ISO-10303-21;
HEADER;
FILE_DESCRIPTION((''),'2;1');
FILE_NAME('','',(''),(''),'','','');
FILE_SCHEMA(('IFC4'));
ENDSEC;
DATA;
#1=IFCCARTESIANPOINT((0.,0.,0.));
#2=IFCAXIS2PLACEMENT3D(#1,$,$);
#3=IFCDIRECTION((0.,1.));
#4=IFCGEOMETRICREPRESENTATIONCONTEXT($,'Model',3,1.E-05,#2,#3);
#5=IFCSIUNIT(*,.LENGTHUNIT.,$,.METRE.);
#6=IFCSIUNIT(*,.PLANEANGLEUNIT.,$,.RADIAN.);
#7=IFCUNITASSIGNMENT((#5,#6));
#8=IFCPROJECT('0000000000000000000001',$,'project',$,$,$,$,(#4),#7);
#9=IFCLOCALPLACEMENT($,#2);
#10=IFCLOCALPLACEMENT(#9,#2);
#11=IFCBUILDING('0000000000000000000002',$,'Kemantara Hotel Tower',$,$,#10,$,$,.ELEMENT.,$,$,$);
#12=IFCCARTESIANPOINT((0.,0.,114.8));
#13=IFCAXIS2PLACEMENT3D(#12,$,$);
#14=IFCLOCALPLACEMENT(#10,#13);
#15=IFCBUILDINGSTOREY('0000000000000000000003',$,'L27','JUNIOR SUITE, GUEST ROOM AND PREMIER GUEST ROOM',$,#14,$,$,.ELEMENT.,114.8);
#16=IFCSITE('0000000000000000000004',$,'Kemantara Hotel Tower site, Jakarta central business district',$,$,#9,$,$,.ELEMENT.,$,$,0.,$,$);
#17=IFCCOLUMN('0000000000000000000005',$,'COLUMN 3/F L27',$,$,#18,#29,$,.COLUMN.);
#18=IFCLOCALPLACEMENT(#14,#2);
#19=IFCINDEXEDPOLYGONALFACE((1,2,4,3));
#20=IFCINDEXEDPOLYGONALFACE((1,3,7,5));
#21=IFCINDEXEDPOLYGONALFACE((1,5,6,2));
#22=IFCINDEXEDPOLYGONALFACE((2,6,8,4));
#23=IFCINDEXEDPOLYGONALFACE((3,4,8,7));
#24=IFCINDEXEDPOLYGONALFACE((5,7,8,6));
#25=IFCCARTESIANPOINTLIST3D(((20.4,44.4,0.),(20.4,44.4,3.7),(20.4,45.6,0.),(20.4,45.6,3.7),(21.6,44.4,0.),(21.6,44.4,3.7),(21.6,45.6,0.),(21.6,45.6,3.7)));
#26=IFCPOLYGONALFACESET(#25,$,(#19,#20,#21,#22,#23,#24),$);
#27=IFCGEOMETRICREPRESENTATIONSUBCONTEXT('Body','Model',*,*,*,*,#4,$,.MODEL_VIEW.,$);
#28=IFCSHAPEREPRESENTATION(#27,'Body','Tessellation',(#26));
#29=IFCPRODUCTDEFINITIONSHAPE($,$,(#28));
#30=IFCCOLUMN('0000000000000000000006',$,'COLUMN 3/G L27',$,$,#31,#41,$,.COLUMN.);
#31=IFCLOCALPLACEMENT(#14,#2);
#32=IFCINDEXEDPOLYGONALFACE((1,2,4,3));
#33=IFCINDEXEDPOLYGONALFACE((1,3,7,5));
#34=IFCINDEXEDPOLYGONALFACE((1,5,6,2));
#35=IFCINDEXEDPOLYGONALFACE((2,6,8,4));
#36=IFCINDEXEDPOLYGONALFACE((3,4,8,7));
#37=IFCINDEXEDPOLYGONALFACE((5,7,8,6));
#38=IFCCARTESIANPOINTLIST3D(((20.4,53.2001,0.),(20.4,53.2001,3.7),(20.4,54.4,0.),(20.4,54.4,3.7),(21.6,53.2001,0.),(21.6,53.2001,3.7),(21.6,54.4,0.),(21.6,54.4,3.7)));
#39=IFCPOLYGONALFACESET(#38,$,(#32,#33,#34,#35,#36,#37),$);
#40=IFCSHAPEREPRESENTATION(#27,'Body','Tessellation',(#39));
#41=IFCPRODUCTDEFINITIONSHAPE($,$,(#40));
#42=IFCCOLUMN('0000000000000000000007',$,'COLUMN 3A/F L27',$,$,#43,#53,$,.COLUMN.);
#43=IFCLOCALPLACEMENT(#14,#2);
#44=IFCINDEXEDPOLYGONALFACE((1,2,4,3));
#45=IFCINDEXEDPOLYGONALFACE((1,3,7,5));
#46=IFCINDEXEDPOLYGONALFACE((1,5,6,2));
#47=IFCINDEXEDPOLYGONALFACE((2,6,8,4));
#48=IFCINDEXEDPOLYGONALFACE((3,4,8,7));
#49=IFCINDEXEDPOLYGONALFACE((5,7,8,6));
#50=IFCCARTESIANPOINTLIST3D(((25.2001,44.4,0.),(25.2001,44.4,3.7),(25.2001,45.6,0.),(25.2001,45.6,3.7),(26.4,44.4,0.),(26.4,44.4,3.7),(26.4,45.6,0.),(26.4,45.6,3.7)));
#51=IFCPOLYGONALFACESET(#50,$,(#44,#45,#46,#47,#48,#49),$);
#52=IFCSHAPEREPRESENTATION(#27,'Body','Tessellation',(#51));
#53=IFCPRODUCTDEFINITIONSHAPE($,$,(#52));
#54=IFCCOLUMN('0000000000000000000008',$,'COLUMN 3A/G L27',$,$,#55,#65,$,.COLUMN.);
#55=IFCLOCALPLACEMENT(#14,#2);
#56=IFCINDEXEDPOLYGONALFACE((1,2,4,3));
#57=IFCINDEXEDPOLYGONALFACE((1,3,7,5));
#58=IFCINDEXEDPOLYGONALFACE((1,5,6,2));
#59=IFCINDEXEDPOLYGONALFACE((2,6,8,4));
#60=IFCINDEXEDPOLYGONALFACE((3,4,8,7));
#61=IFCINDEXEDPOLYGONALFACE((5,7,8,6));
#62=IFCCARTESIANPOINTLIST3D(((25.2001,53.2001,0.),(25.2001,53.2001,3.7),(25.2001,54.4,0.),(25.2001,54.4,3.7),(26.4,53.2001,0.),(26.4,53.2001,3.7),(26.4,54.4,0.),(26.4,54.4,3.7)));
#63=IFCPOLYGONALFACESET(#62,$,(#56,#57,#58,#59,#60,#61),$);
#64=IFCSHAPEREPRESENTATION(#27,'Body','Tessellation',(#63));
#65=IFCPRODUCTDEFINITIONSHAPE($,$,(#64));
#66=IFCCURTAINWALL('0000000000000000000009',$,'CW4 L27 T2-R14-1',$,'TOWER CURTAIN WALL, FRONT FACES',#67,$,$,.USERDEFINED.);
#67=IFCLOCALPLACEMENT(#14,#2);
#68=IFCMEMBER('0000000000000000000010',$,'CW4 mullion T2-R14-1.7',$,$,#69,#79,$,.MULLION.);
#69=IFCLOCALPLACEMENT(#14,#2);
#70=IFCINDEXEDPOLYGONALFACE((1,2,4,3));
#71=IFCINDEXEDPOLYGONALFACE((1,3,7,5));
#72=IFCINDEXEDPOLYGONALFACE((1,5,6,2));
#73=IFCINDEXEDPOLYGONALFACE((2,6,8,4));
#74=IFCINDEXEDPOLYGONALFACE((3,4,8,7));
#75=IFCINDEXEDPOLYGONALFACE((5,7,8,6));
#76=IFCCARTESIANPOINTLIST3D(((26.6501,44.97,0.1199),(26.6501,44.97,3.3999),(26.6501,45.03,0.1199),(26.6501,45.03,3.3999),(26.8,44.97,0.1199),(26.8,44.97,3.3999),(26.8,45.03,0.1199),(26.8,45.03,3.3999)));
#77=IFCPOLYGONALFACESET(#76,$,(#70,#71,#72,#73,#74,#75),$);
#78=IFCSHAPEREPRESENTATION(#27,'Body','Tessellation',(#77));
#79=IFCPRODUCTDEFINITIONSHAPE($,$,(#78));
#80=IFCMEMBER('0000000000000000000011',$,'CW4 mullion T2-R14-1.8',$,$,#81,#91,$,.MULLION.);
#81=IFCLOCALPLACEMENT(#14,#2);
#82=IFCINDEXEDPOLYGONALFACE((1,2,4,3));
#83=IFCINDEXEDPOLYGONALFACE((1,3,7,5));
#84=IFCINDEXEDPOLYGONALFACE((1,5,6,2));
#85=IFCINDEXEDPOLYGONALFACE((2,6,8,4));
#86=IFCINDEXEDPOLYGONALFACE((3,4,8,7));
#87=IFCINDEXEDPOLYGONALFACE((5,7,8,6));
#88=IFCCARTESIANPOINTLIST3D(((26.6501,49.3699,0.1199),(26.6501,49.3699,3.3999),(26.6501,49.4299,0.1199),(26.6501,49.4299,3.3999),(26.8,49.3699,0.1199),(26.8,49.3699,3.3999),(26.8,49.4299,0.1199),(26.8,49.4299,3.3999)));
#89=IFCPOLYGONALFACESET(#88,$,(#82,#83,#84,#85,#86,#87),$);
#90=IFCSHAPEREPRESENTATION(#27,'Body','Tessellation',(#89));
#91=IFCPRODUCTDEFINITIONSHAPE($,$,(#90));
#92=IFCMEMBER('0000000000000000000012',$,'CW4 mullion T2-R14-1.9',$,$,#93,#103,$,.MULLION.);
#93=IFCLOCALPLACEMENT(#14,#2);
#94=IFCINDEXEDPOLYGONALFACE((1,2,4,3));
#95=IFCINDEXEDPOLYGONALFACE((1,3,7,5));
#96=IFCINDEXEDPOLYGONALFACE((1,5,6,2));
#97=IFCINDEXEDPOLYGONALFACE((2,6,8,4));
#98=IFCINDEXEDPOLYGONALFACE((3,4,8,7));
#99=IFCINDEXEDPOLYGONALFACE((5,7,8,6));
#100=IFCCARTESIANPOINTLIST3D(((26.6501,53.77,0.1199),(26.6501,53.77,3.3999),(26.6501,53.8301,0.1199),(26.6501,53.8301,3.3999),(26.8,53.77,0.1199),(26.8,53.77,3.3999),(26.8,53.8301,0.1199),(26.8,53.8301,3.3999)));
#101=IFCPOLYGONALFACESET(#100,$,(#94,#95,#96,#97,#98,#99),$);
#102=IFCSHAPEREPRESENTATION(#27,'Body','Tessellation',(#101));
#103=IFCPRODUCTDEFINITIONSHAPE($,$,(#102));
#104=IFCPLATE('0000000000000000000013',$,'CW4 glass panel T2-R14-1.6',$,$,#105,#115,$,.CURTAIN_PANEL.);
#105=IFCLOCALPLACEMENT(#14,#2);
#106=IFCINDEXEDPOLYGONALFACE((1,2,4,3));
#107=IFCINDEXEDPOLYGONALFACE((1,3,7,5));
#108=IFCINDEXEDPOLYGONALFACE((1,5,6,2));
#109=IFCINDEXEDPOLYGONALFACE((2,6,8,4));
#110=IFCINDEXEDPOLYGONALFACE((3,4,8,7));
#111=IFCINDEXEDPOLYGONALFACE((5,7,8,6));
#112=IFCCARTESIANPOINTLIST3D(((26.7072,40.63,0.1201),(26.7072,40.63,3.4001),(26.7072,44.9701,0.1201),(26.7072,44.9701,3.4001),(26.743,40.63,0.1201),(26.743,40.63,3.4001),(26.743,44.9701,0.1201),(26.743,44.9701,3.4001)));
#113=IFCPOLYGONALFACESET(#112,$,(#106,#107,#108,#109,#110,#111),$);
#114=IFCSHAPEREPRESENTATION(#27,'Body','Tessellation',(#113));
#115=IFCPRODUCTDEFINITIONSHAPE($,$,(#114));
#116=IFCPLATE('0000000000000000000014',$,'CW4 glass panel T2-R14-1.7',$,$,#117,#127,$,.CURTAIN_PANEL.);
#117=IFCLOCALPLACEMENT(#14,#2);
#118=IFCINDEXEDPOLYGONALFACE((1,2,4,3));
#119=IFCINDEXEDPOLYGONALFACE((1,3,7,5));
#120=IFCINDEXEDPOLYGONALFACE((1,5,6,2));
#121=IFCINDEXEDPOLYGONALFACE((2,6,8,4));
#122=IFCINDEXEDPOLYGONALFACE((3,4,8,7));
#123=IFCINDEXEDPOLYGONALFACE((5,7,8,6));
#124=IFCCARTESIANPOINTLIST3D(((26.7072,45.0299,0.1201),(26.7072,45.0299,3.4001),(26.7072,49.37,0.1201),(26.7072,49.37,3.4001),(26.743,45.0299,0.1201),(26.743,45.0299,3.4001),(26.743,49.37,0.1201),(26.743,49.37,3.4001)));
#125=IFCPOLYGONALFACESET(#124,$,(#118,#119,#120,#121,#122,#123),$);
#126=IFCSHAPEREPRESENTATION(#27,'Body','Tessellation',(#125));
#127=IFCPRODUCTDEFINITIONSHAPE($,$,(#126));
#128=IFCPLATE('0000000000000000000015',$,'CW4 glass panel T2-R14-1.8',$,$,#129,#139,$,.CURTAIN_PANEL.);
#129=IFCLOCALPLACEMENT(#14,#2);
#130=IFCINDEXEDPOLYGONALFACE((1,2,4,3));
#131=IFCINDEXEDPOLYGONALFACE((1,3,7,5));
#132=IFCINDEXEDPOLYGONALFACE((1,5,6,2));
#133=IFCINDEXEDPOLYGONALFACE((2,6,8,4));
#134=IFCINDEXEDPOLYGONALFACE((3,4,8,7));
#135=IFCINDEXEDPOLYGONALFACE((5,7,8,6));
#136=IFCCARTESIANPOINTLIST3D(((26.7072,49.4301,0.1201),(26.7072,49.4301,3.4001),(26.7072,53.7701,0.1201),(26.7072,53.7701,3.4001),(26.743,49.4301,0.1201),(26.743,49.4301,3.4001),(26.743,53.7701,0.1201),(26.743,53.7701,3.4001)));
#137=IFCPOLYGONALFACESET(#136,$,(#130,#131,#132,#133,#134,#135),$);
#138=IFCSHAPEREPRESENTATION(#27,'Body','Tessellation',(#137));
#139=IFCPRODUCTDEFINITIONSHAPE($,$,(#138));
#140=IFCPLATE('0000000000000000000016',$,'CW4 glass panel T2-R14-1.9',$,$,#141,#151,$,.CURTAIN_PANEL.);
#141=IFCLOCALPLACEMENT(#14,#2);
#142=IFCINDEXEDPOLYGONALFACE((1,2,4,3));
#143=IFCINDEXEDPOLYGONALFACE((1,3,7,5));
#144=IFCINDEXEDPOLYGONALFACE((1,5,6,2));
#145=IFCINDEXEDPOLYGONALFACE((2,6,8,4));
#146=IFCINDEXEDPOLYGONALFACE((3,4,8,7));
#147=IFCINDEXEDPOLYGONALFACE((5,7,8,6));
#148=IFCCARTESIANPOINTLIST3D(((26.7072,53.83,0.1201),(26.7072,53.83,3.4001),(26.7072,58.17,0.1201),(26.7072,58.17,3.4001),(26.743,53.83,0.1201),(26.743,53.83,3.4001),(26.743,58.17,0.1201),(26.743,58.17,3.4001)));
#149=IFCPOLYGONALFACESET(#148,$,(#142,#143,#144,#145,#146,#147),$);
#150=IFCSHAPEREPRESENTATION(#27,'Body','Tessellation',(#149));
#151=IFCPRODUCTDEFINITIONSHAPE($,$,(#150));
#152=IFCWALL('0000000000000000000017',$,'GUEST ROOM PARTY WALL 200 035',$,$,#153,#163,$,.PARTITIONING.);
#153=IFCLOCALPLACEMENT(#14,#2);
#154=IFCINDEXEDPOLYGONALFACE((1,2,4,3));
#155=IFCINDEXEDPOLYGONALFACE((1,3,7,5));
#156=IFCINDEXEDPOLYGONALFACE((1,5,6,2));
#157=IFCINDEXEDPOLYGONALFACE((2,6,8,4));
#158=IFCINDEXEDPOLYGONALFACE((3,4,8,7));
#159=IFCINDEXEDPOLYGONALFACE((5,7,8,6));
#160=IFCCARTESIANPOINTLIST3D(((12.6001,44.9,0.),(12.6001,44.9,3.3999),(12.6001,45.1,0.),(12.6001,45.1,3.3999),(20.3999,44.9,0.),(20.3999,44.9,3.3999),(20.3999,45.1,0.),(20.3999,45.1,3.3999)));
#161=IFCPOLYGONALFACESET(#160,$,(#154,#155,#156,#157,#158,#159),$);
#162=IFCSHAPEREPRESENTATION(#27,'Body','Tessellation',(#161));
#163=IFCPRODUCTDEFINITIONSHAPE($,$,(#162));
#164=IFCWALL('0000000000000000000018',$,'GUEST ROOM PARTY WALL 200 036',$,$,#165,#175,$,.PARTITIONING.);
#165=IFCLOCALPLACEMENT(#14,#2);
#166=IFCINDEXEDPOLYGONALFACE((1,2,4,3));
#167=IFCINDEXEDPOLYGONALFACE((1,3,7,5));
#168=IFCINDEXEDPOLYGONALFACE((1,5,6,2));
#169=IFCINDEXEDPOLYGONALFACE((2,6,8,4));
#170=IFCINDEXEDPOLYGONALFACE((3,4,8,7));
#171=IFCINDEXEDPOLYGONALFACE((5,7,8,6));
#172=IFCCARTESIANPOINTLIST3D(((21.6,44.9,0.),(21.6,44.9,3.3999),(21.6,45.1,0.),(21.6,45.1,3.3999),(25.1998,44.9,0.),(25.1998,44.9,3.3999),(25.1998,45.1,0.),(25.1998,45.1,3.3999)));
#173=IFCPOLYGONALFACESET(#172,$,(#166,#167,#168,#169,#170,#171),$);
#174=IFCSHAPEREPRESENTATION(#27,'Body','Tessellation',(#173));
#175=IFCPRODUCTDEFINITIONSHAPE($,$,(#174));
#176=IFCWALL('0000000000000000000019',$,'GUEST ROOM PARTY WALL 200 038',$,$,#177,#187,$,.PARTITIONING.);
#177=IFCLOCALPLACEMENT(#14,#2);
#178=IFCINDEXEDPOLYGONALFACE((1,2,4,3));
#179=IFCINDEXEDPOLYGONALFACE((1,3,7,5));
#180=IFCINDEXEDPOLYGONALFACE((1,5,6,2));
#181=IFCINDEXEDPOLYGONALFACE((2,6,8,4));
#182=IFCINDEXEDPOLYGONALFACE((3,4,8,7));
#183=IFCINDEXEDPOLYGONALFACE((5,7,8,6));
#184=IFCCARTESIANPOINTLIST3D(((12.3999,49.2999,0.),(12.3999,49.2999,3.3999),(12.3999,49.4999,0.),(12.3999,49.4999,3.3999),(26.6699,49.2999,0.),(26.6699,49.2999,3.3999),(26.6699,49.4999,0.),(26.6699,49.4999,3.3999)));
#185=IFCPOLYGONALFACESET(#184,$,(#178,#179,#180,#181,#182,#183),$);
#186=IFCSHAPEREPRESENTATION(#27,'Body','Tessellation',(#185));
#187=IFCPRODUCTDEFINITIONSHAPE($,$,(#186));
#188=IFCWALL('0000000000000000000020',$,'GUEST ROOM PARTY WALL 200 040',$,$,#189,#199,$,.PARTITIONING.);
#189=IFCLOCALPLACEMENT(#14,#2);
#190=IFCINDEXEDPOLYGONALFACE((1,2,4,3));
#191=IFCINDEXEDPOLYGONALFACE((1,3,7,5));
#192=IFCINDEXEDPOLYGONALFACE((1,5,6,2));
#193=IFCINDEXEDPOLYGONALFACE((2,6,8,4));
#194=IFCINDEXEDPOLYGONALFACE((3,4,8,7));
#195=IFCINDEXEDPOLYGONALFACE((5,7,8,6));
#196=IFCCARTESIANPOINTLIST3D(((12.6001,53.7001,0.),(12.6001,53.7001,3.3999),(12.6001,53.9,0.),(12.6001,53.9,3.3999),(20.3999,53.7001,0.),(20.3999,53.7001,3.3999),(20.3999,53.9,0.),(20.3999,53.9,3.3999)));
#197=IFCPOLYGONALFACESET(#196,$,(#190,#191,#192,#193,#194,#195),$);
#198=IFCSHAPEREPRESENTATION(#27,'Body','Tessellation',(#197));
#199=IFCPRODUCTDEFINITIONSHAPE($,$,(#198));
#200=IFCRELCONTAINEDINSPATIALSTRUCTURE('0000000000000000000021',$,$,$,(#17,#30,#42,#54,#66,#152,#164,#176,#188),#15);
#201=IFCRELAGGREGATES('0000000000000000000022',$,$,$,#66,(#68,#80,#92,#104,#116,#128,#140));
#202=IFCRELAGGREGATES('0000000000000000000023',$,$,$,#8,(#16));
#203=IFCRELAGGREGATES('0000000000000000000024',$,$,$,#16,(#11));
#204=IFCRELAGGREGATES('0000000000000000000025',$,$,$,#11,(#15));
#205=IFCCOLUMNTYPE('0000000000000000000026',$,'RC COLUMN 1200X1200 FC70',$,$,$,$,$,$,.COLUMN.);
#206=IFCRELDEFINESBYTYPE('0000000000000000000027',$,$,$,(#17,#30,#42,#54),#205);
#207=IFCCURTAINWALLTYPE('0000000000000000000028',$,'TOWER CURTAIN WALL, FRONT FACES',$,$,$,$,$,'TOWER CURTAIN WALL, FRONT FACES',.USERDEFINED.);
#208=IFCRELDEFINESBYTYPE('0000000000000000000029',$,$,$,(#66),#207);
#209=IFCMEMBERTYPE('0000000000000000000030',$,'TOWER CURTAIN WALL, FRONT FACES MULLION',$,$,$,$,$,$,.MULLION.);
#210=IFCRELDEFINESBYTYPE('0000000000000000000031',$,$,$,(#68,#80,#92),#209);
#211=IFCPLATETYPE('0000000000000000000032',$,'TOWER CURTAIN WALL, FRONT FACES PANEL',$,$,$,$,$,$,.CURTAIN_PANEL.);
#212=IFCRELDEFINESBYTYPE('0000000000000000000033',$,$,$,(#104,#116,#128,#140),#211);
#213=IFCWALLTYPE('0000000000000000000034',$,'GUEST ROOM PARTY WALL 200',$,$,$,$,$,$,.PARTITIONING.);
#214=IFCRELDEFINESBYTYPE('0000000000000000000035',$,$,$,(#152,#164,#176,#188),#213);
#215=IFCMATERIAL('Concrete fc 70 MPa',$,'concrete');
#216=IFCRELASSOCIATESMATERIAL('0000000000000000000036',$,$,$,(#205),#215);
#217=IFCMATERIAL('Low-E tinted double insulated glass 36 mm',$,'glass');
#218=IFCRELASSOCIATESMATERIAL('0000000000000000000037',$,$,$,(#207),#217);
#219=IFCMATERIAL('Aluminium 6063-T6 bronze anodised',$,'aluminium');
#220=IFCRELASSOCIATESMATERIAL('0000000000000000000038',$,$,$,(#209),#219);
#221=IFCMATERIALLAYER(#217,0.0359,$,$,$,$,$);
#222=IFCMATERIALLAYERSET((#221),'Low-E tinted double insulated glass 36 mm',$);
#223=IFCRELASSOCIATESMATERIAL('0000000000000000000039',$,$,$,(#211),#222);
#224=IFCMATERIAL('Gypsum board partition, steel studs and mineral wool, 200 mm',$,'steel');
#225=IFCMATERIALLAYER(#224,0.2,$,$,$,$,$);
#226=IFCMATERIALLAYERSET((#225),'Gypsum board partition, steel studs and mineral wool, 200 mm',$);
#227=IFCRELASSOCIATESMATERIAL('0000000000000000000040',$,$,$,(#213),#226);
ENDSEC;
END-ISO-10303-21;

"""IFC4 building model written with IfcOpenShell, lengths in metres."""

from ifc_helpers import new_model, si_unit, direction, frame, frame_2d, origin, origin_2d, place, context, subcontext, project, spatial, rectangle, extrude, source, transform, mapped, material, layer, layer_set, material_profile, profile_set, type_object, element, aggregate, save


model = new_model("IFC4")

# Units and contexts
model_context = context("Model", 3, precision=1e-05, world=origin(), true_north=direction((0.0, 1.0)))
body_context = subcontext(model_context, "Body", "Model", "MODEL_VIEW")
ifc_project = project(units=[si_unit("LENGTHUNIT", "METRE"), si_unit("PLANEANGLEUNIT", "RADIAN")], contexts=[model_context])

# Site, building, storey
site_placement = place(None, origin())
site = spatial("IfcSite", under=ifc_project, at=site_placement, Name="Kemantara Hotel Tower site, Jakarta central business district", CompositionType="ELEMENT", RefElevation=0.0)
building_placement = place(site_placement, origin())
building = spatial("IfcBuilding", under=site, at=building_placement, Name="Kemantara Hotel Tower", CompositionType="ELEMENT")
storey_placement = place(building_placement, frame((0.0, 0.0, 114.8)))
storey = spatial("IfcBuildingStorey", under=building, at=storey_placement, Name="L27", Description="JUNIOR SUITE, GUEST ROOM AND PREMIER GUEST ROOM", CompositionType="ELEMENT", Elevation=114.8)

# Columns
ifc_material_1 = material(Name="Concrete fc 70 MPa", Category="concrete")
ifc_material_profile_1 = material_profile(ifc_material_1, rectangle(XDim=1.2, YDim=1.2, at=origin_2d()), Name="RC 1200X1200")
ifc_profile_set_1 = profile_set([ifc_material_profile_1], Name="Concrete fc 70 MPa")
column_type = type_object("IfcColumnType", Name="RC COLUMN 1200X1200 FC70", PredefinedType="COLUMN", material=ifc_profile_set_1)
for number, where, z_axis, x_axis, name in (
    (1, (21.0, 45.0, 0.0), (0.0, 0.0, 1.0), (1.0, 0.0, 0.0), "COLUMN 3/F L27"),
    (2, (21.0, 53.8, 0.0), (0.0, 0.0, 1.0), (1.0, 0.0, 0.0), "COLUMN 3/G L27"),
    (3, (25.8, 45.0, 0.0), (0.0, 0.0, 1.0), (1.0, 0.0, 0.0), "COLUMN 3A/F L27"),
    (4, (25.8, 53.8, 0.0), (0.0, 0.0, 1.0), (1.0, 0.0, 0.0), "COLUMN 3A/G L27"),
):
    element("IfcColumn", number, at=place(storey_placement, frame(where, z_axis=z_axis, x_axis=x_axis)), inside=storey, type_object=column_type, Name=name, PredefinedType="COLUMN", context=body_context, shape_type="SweptSolid", body=[
        extrude(rectangle(XDim=1.2, YDim=1.2, at=origin_2d()), origin(), (0.0, 0.0, 1.0), 3.7),
    ])

# Curtain wall, members, plates
ifc_material_2 = material(Name="Low-E tinted double insulated glass 36 mm", Category="glass")
curtain_wall_type = type_object("IfcCurtainWallType", Name="TOWER CURTAIN WALL, FRONT FACES", ElementType="TOWER CURTAIN WALL, FRONT FACES", PredefinedType="USERDEFINED", material=ifc_material_2)
curtain_wall_placement = place(storey_placement, origin())
curtain_wall = element("IfcCurtainWall", 5, at=curtain_wall_placement, inside=storey, type_object=curtain_wall_type, Name="CW4 L27 T2-R14-1", ObjectType="TOWER CURTAIN WALL, FRONT FACES", PredefinedType="USERDEFINED")
ifc_material_3 = material(Name="Aluminium 6063-T6 bronze anodised", Category="aluminium")
ifc_material_profile_2 = material_profile(ifc_material_3, rectangle(XDim=0.1499, YDim=0.0601, at=origin_2d()), Name="TOWER CURTAIN WALL, FRONT FACES MULLION")
ifc_profile_set_2 = profile_set([ifc_material_profile_2], Name="Aluminium 6063-T6 bronze anodised")
member_type = type_object("IfcMemberType", Name="TOWER CURTAIN WALL, FRONT FACES MULLION", PredefinedType="MULLION", material=ifc_profile_set_2)
shared_shape_1 = source(origin(), body_context, "Body", "SweptSolid", [
    extrude(rectangle(XDim=0.1499, YDim=0.0601, at=origin_2d()), origin(), (0.0, 0.0, 1.0), 3.28),
])
member_1_placement = place(storey_placement, frame((26.7251, 45.0, 0.1199), z_axis=(0.0, 0.0, 1.0), x_axis=(-1.0, 0.0, 0.0)))
member_1 = element("IfcMember", 6, at=member_1_placement, type_object=member_type, Name="CW4 mullion T2-R14-1.7", PredefinedType="MULLION", context=body_context, shape_type="MappedRepresentation", body=[
    mapped(shared_shape_1, transform((0.0, 0.0, 0.0))),
])
member_2_placement = place(storey_placement, frame((26.7251, 49.3999, 0.1199), z_axis=(0.0, 0.0, 1.0), x_axis=(-1.0, 0.0, 0.0)))
member_2 = element("IfcMember", 7, at=member_2_placement, type_object=member_type, Name="CW4 mullion T2-R14-1.8", PredefinedType="MULLION", context=body_context, shape_type="MappedRepresentation", body=[
    mapped(shared_shape_1, transform((0.0, 0.0, 0.0))),
])
member_3_placement = place(storey_placement, frame((26.7251, 53.8, 0.1199), z_axis=(0.0, 0.0, 1.0), x_axis=(-1.0, 0.0, 0.0)))
member_3 = element("IfcMember", 8, at=member_3_placement, type_object=member_type, Name="CW4 mullion T2-R14-1.9", PredefinedType="MULLION", context=body_context, shape_type="MappedRepresentation", body=[
    mapped(shared_shape_1, transform((0.0, 0.0, 0.0))),
])
ifc_layer_1 = layer(ifc_material_2, 0.0359)
ifc_layer_set_1 = layer_set([ifc_layer_1], Name="Low-E tinted double insulated glass 36 mm")
plate_type = type_object("IfcPlateType", Name="TOWER CURTAIN WALL, FRONT FACES PANEL", PredefinedType="CURTAIN_PANEL", material=ifc_layer_set_1)
shared_shape_2 = source(origin(), body_context, "Body", "SweptSolid", [
    extrude(rectangle(XDim=4.3401, YDim=0.0359, at=origin_2d()), origin(), (0.0, 0.0, 1.0), 3.28),
])
plate_1_placement = place(storey_placement, frame((26.7251, 42.8, 0.1201), z_axis=(0.0, 0.0, 1.0), x_axis=(0.0, 1.0, 0.0)))
plate_1 = element("IfcPlate", 9, at=plate_1_placement, type_object=plate_type, Name="CW4 glass panel T2-R14-1.6", PredefinedType="CURTAIN_PANEL", context=body_context, shape_type="MappedRepresentation", body=[
    mapped(shared_shape_2, transform((0.0, 0.0, 0.0))),
])
plate_2_placement = place(storey_placement, frame((26.7251, 47.2, 0.1201), z_axis=(0.0, 0.0, 1.0), x_axis=(0.0, 1.0, 0.0)))
plate_2 = element("IfcPlate", 10, at=plate_2_placement, type_object=plate_type, Name="CW4 glass panel T2-R14-1.7", PredefinedType="CURTAIN_PANEL", context=body_context, shape_type="MappedRepresentation", body=[
    mapped(shared_shape_2, transform((0.0, 0.0, 0.0))),
])
plate_3_placement = place(storey_placement, frame((26.7251, 51.6001, 0.1201), z_axis=(0.0, 0.0, 1.0), x_axis=(0.0, 1.0, 0.0)))
plate_3 = element("IfcPlate", 11, at=plate_3_placement, type_object=plate_type, Name="CW4 glass panel T2-R14-1.8", PredefinedType="CURTAIN_PANEL", context=body_context, shape_type="MappedRepresentation", body=[
    mapped(shared_shape_2, transform((0.0, 0.0, 0.0))),
])
plate_4_placement = place(storey_placement, frame((26.7251, 56.0, 0.1201), z_axis=(0.0, 0.0, 1.0), x_axis=(0.0, 1.0, 0.0)))
plate_4 = element("IfcPlate", 12, at=plate_4_placement, type_object=plate_type, Name="CW4 glass panel T2-R14-1.9", PredefinedType="CURTAIN_PANEL", context=body_context, shape_type="MappedRepresentation", body=[
    mapped(shared_shape_2, transform((0.0, 0.0, 0.0))),
])
aggregate(curtain_wall, [member_1, member_2, member_3, plate_1, plate_2, plate_3, plate_4])

# Walls
ifc_material_4 = material(Name="Gypsum board partition, steel studs and mineral wool, 200 mm", Category="steel")
ifc_layer_2 = layer(ifc_material_4, 0.2)
ifc_layer_set_2 = layer_set([ifc_layer_2], Name="Gypsum board partition, steel studs and mineral wool, 200 mm")
wall_type_1 = type_object("IfcWallType", Name="GUEST ROOM PARTY WALL 200", PredefinedType="PARTITIONING", material=ifc_layer_set_2)
wall_1_placement = place(storey_placement, frame((12.6001, 45.0, 0.0), z_axis=(0.0, 0.0, 1.0), x_axis=(1.0, 0.0, 0.0)))
element("IfcWall", 13, at=wall_1_placement, inside=storey, type_object=wall_type_1, Name="GUEST ROOM PARTY WALL 200 035", PredefinedType="PARTITIONING", context=body_context, shape_type="SweptSolid", body=[
    extrude(rectangle(XDim=7.7998, YDim=0.2, at=frame_2d((3.8999, 0.0))), origin(), (0.0, 0.0, 1.0), 3.3999),
])
wall_2_placement = place(storey_placement, frame((21.6001, 45.0, 0.0), z_axis=(0.0, 0.0, 1.0), x_axis=(1.0, 0.0, 0.0)))
element("IfcWall", 14, at=wall_2_placement, inside=storey, type_object=wall_type_1, Name="GUEST ROOM PARTY WALL 200 036", PredefinedType="PARTITIONING", context=body_context, shape_type="SweptSolid", body=[
    extrude(rectangle(XDim=3.5999, YDim=0.2, at=frame_2d((1.7998, 0.0))), origin(), (0.0, 0.0, 1.0), 3.3999),
])
wall_3_placement = place(storey_placement, frame((12.3999, 49.3999, 0.0), z_axis=(0.0, 0.0, 1.0), x_axis=(1.0, 0.0, 0.0)))
element("IfcWall", 15, at=wall_3_placement, inside=storey, type_object=wall_type_1, Name="GUEST ROOM PARTY WALL 200 038", PredefinedType="PARTITIONING", context=body_context, shape_type="SweptSolid", body=[
    extrude(rectangle(XDim=14.27, YDim=0.2, at=frame_2d((7.135, 0.0))), origin(), (0.0, 0.0, 1.0), 3.3999),
])
wall_4_placement = place(storey_placement, frame((12.6001, 53.8, 0.0), z_axis=(0.0, 0.0, 1.0), x_axis=(1.0, 0.0, 0.0)))
element("IfcWall", 16, at=wall_4_placement, inside=storey, type_object=wall_type_1, Name="GUEST ROOM PARTY WALL 200 040", PredefinedType="PARTITIONING", context=body_context, shape_type="SweptSolid", body=[
    extrude(rectangle(XDim=7.7998, YDim=0.2, at=frame_2d((3.8999, 0.0))), origin(), (0.0, 0.0, 1.0), 3.3999),
])

save(model, "model.ifc")
